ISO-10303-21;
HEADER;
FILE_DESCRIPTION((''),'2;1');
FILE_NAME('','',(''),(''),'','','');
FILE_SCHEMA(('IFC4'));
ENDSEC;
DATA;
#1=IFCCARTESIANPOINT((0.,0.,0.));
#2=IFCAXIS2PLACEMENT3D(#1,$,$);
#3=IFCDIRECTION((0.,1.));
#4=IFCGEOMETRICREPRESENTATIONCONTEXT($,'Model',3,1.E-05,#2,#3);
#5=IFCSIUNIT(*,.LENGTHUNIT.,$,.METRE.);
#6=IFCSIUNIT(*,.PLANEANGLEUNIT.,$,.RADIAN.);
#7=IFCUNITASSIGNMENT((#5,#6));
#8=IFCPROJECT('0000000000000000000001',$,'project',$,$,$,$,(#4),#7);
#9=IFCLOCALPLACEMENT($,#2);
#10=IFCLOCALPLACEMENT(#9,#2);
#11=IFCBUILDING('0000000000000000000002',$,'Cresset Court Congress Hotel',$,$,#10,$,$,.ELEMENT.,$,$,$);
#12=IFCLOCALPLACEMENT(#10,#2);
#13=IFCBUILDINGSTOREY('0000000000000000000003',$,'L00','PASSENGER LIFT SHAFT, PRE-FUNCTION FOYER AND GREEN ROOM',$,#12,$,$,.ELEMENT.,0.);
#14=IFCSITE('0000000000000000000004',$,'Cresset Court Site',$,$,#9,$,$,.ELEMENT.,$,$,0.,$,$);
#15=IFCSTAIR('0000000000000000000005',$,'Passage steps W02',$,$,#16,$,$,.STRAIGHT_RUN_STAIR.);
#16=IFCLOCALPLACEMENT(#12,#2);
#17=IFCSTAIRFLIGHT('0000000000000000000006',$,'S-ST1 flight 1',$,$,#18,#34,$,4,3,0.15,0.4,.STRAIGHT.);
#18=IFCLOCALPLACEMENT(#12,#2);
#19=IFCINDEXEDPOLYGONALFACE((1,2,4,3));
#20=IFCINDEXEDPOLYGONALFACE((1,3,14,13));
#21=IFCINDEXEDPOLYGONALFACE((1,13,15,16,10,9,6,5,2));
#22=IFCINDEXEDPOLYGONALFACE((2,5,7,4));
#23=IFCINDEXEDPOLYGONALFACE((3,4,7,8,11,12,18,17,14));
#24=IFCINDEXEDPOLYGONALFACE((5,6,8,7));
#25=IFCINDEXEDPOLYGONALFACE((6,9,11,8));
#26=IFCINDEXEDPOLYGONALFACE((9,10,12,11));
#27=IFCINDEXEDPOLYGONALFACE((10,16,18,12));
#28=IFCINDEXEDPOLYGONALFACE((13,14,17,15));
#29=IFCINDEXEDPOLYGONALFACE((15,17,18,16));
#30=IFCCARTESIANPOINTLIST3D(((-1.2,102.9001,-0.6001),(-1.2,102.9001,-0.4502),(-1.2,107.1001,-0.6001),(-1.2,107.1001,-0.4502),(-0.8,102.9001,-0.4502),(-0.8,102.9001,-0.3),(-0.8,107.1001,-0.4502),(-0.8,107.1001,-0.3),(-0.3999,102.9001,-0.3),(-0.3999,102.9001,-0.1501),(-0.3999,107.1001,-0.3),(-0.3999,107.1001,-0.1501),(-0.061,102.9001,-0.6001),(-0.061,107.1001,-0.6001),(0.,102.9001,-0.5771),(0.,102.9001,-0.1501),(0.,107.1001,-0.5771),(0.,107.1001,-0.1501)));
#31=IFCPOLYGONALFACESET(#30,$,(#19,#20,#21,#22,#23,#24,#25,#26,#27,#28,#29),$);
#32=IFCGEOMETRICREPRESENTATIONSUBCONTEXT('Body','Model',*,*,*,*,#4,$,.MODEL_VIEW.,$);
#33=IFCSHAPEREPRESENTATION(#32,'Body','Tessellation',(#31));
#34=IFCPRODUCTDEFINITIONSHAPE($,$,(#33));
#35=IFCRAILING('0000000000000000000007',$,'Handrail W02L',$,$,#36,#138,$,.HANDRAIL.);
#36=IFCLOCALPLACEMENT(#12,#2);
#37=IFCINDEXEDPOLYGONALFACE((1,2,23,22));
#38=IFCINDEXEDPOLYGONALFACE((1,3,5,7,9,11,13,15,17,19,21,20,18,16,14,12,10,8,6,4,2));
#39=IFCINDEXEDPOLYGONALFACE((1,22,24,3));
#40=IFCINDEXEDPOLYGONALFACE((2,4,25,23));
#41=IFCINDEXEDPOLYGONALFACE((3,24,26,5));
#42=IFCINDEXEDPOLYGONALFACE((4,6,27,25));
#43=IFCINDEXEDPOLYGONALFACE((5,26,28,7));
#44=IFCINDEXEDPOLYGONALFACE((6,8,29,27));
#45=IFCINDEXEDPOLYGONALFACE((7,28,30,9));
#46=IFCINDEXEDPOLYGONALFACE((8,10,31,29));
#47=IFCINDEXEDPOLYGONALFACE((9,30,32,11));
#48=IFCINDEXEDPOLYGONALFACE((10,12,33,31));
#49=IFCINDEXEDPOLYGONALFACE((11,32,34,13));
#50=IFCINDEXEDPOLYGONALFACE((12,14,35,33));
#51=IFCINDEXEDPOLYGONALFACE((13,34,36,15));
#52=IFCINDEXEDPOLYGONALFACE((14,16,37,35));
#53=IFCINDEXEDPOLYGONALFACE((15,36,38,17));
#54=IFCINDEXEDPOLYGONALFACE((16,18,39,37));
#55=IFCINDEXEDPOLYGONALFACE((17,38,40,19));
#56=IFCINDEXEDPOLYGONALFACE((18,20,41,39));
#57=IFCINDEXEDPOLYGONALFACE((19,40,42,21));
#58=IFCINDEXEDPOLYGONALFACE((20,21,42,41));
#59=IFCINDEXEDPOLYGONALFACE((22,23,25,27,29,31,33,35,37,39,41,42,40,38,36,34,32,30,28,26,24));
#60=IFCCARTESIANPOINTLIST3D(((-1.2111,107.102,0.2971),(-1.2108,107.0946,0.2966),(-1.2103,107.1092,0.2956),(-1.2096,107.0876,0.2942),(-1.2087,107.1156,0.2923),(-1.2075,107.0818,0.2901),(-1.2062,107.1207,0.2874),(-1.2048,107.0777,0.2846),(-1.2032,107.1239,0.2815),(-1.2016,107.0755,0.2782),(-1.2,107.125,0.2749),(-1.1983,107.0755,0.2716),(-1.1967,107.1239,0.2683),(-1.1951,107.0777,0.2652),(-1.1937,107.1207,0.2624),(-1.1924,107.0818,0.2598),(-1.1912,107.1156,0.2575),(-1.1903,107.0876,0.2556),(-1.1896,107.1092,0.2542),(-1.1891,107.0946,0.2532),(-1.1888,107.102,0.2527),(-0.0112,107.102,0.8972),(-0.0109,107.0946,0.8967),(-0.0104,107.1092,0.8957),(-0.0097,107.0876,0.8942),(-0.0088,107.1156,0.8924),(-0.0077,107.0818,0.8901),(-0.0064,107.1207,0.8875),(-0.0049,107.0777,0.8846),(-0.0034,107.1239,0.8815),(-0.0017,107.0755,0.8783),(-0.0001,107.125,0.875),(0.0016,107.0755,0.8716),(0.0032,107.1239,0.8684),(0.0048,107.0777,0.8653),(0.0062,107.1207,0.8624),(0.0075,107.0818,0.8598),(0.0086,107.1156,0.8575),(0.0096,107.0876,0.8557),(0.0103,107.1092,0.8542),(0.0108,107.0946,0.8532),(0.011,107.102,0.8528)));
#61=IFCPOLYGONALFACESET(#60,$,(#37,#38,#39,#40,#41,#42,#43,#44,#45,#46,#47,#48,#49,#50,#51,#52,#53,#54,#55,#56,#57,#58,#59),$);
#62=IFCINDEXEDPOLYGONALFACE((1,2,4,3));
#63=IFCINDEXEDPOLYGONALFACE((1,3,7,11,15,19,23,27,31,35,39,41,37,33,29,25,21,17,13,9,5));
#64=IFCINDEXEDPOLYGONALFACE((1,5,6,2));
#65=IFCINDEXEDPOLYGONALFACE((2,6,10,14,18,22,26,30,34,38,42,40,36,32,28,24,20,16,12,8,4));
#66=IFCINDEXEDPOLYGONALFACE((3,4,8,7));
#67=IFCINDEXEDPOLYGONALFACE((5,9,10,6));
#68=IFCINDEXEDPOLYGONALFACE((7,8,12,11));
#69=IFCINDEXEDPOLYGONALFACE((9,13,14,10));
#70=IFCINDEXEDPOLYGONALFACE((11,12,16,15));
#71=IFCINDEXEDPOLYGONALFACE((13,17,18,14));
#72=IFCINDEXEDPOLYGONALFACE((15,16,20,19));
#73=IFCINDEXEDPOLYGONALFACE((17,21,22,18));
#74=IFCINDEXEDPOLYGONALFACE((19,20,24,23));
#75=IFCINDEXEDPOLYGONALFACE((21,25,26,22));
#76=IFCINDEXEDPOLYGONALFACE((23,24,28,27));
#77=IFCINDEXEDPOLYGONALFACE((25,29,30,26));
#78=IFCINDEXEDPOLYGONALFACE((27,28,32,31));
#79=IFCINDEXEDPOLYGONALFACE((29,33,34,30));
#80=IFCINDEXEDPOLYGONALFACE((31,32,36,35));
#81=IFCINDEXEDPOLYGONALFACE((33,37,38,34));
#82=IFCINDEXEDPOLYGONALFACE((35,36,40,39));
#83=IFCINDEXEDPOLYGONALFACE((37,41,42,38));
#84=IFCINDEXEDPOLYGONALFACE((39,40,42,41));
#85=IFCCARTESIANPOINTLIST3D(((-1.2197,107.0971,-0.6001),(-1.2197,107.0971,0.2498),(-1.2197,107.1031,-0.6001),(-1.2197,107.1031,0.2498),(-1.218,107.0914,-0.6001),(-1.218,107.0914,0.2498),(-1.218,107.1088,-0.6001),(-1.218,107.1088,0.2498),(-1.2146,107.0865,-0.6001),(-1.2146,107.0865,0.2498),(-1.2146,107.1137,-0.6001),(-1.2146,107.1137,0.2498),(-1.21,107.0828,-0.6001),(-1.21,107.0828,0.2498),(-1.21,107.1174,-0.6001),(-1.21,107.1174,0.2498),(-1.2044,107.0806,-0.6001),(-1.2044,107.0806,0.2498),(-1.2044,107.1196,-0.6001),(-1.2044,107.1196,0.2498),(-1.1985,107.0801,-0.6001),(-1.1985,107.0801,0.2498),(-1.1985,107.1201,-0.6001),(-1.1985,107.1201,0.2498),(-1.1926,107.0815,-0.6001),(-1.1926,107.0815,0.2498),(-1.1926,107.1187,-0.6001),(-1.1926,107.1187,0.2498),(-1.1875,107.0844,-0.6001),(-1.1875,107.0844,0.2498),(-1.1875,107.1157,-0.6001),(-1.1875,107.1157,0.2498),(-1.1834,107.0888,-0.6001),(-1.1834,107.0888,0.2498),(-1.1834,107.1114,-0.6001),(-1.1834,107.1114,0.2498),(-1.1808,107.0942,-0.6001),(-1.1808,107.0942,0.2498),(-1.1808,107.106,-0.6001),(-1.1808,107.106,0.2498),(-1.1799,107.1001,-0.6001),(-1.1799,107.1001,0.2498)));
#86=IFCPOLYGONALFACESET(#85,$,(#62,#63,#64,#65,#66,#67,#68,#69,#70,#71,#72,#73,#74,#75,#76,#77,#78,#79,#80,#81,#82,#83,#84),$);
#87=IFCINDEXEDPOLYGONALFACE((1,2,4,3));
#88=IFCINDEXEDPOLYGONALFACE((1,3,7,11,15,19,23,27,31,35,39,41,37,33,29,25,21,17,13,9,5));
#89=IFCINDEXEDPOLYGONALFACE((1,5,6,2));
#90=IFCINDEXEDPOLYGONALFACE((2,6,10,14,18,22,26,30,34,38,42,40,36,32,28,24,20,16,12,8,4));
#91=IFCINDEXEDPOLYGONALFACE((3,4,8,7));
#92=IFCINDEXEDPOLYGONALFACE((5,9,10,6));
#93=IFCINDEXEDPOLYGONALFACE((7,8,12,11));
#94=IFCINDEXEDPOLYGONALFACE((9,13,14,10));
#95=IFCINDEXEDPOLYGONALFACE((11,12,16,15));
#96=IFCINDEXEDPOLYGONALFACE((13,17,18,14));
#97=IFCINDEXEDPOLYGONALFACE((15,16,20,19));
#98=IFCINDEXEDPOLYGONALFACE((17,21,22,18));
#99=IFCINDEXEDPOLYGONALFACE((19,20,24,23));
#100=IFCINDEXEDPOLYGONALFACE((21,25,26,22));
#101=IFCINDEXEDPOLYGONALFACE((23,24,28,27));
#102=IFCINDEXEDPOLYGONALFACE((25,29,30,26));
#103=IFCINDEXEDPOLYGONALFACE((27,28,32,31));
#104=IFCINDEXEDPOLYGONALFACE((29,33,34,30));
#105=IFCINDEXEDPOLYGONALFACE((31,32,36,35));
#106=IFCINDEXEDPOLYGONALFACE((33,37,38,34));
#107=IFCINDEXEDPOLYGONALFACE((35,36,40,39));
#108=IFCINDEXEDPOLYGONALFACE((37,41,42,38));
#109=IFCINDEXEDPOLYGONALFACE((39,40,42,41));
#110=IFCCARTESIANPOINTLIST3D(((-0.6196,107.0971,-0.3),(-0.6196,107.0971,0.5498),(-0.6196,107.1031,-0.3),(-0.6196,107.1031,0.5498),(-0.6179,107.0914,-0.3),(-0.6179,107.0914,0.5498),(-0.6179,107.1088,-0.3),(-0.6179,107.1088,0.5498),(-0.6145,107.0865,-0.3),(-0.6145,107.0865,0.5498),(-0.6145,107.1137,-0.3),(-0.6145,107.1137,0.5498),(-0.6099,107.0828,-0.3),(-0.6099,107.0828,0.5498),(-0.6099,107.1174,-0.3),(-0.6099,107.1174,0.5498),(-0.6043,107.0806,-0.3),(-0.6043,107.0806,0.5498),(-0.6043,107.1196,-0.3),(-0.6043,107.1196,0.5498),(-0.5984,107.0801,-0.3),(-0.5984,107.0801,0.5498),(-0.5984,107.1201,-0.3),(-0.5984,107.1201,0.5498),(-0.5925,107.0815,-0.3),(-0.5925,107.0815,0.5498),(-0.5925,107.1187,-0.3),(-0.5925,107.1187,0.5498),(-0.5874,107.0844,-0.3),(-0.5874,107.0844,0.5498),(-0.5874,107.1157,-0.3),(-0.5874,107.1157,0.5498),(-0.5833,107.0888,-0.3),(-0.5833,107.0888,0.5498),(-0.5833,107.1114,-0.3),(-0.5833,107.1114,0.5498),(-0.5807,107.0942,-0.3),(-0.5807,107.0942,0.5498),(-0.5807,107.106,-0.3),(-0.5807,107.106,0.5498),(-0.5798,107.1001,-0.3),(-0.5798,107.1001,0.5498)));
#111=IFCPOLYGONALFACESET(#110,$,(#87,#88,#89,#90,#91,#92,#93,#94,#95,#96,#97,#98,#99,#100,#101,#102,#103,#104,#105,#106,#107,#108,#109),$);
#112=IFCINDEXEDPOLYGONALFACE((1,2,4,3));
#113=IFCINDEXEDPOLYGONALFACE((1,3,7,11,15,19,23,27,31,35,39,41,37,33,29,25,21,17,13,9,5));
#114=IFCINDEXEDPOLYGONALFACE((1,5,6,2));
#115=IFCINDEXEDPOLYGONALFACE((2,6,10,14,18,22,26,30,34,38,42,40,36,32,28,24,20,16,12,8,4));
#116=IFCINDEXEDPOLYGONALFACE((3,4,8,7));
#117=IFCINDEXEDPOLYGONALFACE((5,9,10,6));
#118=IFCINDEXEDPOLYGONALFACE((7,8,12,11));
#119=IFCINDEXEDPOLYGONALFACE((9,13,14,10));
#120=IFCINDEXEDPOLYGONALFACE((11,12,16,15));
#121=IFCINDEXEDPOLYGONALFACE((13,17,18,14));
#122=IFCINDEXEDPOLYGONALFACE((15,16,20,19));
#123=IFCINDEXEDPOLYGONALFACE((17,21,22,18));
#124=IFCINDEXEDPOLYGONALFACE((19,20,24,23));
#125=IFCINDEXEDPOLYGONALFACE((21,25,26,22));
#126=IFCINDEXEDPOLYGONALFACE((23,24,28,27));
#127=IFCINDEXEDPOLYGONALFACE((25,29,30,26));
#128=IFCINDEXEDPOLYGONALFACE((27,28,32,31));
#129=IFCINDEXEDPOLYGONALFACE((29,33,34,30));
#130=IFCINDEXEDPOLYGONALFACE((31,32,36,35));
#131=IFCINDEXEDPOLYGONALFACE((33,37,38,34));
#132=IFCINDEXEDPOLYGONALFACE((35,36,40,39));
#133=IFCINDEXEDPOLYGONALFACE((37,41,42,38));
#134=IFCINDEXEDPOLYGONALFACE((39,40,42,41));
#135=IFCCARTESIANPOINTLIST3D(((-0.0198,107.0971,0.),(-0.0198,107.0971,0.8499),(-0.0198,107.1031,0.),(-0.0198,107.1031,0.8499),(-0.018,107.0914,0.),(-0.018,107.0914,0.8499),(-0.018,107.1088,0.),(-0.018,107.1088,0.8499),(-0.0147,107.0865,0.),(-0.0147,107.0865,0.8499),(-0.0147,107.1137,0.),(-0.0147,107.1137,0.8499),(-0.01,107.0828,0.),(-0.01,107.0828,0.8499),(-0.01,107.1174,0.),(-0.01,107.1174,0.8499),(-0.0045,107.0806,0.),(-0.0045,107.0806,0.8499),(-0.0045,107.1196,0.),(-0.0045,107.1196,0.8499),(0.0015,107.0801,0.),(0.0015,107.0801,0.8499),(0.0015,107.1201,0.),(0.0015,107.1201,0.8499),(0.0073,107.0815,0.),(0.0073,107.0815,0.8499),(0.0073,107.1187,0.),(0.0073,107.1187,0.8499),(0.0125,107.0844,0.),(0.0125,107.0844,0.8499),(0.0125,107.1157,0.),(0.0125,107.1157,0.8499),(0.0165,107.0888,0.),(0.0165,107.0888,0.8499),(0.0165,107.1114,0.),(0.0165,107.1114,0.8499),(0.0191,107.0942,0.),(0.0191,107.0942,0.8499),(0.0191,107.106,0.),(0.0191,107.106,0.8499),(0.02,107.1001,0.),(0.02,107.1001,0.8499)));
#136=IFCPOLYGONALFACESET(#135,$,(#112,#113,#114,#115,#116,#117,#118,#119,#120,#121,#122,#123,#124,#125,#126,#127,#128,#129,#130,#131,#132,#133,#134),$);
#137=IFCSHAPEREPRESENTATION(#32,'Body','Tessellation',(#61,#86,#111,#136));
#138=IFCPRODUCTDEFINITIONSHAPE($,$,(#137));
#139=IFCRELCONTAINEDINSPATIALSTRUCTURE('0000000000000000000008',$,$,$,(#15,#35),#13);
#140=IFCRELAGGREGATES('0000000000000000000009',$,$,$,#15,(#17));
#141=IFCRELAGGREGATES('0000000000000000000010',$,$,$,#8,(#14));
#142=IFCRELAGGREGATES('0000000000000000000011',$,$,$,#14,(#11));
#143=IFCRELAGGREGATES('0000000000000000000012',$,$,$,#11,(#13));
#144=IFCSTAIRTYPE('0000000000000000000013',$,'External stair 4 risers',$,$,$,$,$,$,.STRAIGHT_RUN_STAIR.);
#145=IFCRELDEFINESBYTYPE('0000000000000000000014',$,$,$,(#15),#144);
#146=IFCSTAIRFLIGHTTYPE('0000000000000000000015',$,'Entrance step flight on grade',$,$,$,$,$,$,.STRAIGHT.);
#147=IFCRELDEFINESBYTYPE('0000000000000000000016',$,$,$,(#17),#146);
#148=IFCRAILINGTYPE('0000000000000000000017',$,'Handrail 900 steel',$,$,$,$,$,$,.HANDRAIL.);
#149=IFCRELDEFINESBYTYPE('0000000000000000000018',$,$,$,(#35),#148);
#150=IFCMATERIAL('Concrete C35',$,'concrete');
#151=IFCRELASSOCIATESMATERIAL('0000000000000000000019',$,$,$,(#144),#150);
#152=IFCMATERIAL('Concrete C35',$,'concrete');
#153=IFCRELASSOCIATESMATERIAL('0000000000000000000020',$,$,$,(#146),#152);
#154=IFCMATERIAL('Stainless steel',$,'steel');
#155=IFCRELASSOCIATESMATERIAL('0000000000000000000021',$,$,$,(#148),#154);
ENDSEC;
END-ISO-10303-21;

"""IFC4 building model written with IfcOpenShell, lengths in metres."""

from ifc_helpers import new_model, si_unit, direction, frame, origin, origin_2d, place, context, subcontext, project, spatial, polyline, circle, outline, extrude, material, type_object, element, aggregate, save


model = new_model("IFC4")

# Units and contexts
model_context = context("Model", 3, precision=1e-05, world=origin(), true_north=direction((0.0, 1.0)))
body_context = subcontext(model_context, "Body", "Model", "MODEL_VIEW")
ifc_project = project(units=[si_unit("LENGTHUNIT", "METRE"), si_unit("PLANEANGLEUNIT", "RADIAN")], contexts=[model_context])

# Site, building, storey
site_placement = place(None, origin())
site = spatial("IfcSite", under=ifc_project, at=site_placement, Name="Cresset Court Site", CompositionType="ELEMENT", RefElevation=0.0)
building_placement = place(site_placement, origin())
building = spatial("IfcBuilding", under=site, at=building_placement, Name="Cresset Court Congress Hotel", CompositionType="ELEMENT")
storey_placement = place(building_placement, origin())
storey = spatial("IfcBuildingStorey", under=building, at=storey_placement, Name="L00", Description="PASSENGER LIFT SHAFT, PRE-FUNCTION FOYER AND GREEN ROOM", CompositionType="ELEMENT", Elevation=0.0)

# Stair, stair flight
ifc_material_1 = material(Name="Concrete C35", Category="concrete")
stair_type = type_object("IfcStairType", Name="External stair 4 risers", PredefinedType="STRAIGHT_RUN_STAIR", material=ifc_material_1)
stair_placement = place(storey_placement, origin())
stair = element("IfcStair", 1, at=stair_placement, inside=storey, type_object=stair_type, Name="Passage steps W02", PredefinedType="STRAIGHT_RUN_STAIR")
ifc_material_2 = material(Name="Concrete C35", Category="concrete")
stair_flight_type = type_object("IfcStairFlightType", Name="Entrance step flight on grade", PredefinedType="STRAIGHT", material=ifc_material_2)
stair_flight_placement = place(storey_placement, frame((-1.2, 105.0, -0.6001), z_axis=(0.0, 0.0, 1.0), x_axis=(1.0, 0.0, 0.0)))
stair_flight = element("IfcStairFlight", 2, at=stair_flight_placement, type_object=stair_flight_type, Name="S-ST1 flight 1", NumberOfRisers=4, NumberOfTreads=3, PredefinedType="STRAIGHT", RiserHeight=0.15, TreadLength=0.4, context=body_context, shape_type="SweptSolid", body=[
    extrude(outline(polyline([(0.0, 0.0), (0.0, 0.1499), (0.3999, 0.1499), (0.3999, 0.3), (0.8, 0.3), (0.8, 0.45), (1.2, 0.45), (1.2, 0.6001), (1.2, 0.0229), (1.1389, 0.0), (0.0, 0.0)])), frame((0.0, 2.1001, 0.0), z_axis=(0.0, -1.0, 0.0), x_axis=(1.0, 0.0, 0.0)), (0.0, 0.0, 1.0), 4.2),
])
aggregate(stair, [stair_flight])

# Railing
ifc_material_3 = material(Name="Stainless steel", Category="steel")
railing_type_1 = type_object("IfcRailingType", Name="Handrail 900 steel", PredefinedType="HANDRAIL", material=ifc_material_3)
for number, where, name in (
    (3, (-1.2, 107.1001, -0.6001), "Handrail W02L"),
):
    element("IfcRailing", number, at=place(storey_placement, frame(where)), inside=storey, type_object=railing_type_1, Name=name, PredefinedType="HANDRAIL", context=body_context, shape_type="SweptSolid", body=[
        extrude(circle(Radius=0.0249, at=origin_2d()), frame((0.0, 0.0, 0.875), z_axis=(0.894391, 0.0, 0.447286), x_axis=(0.0, 1.0, 0.0)), (0.0, 0.0, 1.0), 1.3416),
        extrude(circle(Radius=0.02, at=origin_2d()), origin(), (0.0, 0.0, 1.0), 0.8499),
        extrude(circle(Radius=0.02, at=origin_2d()), frame((0.6001, 0.0, 0.3)), (0.0, 0.0, 1.0), 0.8499),
        extrude(circle(Radius=0.02, at=origin_2d()), frame((1.2, 0.0, 0.6001)), (0.0, 0.0, 1.0), 0.8499),
    ])

save(model, "model.ifc")
